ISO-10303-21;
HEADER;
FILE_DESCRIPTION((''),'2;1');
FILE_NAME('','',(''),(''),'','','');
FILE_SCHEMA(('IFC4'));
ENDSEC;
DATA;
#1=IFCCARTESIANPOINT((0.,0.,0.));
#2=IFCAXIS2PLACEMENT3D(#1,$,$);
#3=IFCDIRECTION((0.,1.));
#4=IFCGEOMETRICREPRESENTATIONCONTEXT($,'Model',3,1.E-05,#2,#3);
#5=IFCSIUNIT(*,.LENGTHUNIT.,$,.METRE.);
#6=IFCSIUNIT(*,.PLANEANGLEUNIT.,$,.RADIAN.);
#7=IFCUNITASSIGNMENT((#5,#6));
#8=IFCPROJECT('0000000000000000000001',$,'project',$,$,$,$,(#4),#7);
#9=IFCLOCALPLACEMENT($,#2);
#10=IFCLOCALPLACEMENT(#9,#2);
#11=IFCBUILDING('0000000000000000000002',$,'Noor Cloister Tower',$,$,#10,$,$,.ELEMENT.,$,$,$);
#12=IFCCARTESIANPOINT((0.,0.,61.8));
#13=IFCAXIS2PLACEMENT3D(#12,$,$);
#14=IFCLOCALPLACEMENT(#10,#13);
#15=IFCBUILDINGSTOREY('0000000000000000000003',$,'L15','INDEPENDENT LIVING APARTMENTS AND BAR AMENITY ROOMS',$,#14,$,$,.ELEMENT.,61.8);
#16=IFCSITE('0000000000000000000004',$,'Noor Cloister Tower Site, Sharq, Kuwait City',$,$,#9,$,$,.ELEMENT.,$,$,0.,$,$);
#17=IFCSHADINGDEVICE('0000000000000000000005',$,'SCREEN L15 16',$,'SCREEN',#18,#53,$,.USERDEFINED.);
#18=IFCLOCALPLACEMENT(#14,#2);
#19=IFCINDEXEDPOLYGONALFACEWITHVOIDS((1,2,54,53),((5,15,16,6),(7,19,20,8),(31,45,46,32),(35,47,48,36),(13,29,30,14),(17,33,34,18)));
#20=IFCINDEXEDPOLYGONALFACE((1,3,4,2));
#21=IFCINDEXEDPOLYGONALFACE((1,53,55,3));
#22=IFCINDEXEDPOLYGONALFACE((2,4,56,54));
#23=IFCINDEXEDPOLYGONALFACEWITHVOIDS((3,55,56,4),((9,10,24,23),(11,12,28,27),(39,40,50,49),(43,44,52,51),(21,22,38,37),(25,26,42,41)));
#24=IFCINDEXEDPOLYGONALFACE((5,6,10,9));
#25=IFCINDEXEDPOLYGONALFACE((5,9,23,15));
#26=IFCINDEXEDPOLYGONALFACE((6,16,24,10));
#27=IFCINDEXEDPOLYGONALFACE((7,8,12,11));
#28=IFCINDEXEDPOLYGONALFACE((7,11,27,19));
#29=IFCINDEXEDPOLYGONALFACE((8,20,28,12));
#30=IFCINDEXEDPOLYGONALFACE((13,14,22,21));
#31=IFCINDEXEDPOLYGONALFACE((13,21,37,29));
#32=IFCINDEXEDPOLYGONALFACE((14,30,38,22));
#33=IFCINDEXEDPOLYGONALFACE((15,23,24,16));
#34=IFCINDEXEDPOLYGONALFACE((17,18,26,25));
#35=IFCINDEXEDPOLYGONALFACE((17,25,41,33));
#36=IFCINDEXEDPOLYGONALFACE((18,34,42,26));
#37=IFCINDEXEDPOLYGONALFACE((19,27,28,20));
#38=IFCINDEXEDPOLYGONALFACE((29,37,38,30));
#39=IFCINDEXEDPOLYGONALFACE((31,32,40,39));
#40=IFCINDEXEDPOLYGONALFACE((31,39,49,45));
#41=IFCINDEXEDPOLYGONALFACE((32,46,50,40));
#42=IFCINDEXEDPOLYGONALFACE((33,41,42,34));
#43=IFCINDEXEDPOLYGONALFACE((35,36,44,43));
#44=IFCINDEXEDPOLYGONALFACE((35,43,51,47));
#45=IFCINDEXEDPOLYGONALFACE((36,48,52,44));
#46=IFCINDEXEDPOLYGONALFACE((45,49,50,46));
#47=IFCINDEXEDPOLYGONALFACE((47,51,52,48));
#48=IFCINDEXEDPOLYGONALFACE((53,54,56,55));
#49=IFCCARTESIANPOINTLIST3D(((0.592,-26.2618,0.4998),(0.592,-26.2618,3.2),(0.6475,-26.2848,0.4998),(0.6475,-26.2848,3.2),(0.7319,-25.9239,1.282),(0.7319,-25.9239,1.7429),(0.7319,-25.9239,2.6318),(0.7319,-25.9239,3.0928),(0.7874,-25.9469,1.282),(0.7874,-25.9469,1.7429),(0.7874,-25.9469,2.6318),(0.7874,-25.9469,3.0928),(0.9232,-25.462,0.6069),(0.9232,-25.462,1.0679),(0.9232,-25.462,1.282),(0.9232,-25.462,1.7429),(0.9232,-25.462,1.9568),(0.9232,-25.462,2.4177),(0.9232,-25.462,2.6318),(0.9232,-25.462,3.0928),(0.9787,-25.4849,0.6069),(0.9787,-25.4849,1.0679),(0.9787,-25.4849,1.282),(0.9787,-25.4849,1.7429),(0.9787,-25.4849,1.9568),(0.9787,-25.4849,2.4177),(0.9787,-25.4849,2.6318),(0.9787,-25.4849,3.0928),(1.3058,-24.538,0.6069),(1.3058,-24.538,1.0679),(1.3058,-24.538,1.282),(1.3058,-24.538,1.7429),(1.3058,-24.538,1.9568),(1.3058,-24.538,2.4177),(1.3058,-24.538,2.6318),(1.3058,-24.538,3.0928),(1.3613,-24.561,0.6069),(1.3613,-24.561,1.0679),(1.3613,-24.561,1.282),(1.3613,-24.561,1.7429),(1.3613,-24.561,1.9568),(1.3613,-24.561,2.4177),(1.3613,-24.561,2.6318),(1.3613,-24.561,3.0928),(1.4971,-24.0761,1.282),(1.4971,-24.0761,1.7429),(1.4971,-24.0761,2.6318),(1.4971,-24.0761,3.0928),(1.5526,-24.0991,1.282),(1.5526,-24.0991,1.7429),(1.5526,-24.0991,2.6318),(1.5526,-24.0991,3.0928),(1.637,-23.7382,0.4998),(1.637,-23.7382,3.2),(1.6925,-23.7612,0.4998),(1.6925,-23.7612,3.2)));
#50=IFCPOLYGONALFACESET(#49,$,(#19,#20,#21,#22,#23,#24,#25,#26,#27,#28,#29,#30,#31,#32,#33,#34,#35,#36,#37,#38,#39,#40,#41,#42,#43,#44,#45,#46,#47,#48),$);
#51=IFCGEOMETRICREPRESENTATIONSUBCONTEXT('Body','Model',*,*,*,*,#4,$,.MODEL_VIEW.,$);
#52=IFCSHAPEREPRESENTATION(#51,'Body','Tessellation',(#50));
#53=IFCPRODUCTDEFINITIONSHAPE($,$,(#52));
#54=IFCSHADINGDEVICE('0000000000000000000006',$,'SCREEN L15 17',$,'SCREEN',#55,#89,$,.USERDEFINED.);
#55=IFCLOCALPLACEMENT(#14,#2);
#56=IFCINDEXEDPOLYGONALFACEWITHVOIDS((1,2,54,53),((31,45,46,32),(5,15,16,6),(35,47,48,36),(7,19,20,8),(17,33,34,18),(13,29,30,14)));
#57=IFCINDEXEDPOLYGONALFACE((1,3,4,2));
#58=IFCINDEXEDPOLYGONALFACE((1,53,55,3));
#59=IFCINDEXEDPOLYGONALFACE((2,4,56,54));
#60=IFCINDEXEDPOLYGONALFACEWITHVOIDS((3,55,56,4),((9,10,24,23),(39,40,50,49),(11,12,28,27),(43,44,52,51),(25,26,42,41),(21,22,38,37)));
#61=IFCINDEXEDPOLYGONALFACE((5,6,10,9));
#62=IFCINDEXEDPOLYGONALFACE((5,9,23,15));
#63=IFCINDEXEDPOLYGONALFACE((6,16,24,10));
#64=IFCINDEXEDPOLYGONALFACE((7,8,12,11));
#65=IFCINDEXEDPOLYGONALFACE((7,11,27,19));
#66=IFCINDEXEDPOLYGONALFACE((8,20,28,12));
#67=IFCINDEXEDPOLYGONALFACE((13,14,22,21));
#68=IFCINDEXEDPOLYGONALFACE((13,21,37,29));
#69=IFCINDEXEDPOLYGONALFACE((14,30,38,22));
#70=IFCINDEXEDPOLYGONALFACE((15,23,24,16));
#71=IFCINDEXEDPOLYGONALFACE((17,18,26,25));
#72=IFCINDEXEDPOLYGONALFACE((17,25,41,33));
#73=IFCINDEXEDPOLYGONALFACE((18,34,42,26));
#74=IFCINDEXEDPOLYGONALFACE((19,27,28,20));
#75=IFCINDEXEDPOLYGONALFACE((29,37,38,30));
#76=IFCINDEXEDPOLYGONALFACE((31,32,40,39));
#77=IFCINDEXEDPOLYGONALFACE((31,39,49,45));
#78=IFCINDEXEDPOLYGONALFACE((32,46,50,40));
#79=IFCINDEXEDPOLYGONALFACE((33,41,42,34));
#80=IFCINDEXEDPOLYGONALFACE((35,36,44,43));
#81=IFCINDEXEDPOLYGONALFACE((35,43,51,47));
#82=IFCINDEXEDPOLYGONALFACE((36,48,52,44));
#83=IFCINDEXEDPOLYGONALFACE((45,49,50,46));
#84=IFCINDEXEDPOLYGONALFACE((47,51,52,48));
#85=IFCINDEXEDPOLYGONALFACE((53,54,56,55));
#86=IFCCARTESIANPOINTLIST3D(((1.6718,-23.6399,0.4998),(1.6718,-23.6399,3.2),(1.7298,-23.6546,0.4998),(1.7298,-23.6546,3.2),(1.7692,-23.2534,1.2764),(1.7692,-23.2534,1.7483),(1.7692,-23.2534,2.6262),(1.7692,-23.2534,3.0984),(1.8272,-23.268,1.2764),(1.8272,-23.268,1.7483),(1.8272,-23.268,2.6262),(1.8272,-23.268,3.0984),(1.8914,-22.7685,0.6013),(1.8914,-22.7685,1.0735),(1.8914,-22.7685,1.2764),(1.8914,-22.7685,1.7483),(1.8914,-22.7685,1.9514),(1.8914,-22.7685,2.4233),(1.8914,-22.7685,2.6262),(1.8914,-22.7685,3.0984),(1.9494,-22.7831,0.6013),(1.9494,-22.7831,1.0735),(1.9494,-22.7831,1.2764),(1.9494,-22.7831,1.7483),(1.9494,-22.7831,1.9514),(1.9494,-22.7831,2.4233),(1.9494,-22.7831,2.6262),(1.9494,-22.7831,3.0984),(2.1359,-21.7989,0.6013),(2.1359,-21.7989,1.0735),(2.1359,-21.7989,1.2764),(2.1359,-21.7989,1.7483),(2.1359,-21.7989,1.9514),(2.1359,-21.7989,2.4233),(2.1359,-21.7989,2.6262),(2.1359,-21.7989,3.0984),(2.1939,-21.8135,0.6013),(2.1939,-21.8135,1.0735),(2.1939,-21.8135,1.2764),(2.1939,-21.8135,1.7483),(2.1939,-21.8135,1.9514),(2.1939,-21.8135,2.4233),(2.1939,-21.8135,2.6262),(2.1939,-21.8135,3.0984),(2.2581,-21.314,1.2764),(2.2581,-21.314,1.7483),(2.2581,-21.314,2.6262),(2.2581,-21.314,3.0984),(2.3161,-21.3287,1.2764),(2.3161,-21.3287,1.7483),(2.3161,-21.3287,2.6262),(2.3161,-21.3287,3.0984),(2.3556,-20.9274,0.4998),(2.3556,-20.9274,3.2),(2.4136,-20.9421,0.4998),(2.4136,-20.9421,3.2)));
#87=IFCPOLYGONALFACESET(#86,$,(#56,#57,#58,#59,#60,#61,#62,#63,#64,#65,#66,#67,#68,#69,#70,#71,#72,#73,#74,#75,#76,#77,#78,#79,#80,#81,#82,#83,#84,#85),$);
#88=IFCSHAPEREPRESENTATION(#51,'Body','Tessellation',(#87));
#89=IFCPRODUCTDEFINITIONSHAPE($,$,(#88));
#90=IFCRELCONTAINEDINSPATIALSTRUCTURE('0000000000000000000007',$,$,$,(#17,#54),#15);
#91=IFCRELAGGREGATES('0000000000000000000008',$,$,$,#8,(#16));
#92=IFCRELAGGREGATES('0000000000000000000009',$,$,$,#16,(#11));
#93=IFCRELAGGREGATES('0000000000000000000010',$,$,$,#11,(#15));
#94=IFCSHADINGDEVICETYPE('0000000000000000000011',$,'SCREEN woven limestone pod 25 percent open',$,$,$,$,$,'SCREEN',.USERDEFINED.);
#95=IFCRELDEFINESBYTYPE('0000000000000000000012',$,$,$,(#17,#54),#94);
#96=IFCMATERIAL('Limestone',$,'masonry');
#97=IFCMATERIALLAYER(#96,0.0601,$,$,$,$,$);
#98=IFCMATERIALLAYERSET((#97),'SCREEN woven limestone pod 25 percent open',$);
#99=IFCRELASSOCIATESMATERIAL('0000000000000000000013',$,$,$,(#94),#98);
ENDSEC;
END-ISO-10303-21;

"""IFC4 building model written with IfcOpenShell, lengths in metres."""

from ifc_helpers import new_model, si_unit, direction, frame, origin, place, context, subcontext, project, spatial, polyline, outline, extrude, material, layer, layer_set, type_object, element, save


model = new_model("IFC4")

# Units and contexts
model_context = context("Model", 3, precision=1e-05, world=origin(), true_north=direction((0.0, 1.0)))
body_context = subcontext(model_context, "Body", "Model", "MODEL_VIEW")
ifc_project = project(units=[si_unit("LENGTHUNIT", "METRE"), si_unit("PLANEANGLEUNIT", "RADIAN")], contexts=[model_context])

# Site, building, storey
site_placement = place(None, origin())
site = spatial("IfcSite", under=ifc_project, at=site_placement, Name="Noor Cloister Tower Site, Sharq, Kuwait City", CompositionType="ELEMENT", RefElevation=0.0)
building_placement = place(site_placement, origin())
building = spatial("IfcBuilding", under=site, at=building_placement, Name="Noor Cloister Tower", CompositionType="ELEMENT")
storey_placement = place(building_placement, frame((0.0, 0.0, 61.8)))
storey = spatial("IfcBuildingStorey", under=building, at=storey_placement, Name="L15", Description="INDEPENDENT LIVING APARTMENTS AND BAR AMENITY ROOMS", CompositionType="ELEMENT", Elevation=61.8)

# Shading devices
ifc_material_1 = material(Name="Limestone", Category="masonry")
ifc_layer_1 = layer(ifc_material_1, 0.0601)
ifc_layer_set_1 = layer_set([ifc_layer_1], Name="SCREEN woven limestone pod 25 percent open")
shading_device_type = type_object("IfcShadingDeviceType", Name="SCREEN woven limestone pod 25 percent open", ElementType="SCREEN", PredefinedType="USERDEFINED", material=ifc_layer_set_1)
shading_device_1_placement = place(storey_placement, frame((1.1145, -25.0, 1.8499), z_axis=(0.923918, -0.382591, 0.0), x_axis=(0.382591, 0.923918, 0.0)))
element("IfcShadingDevice", 1, at=shading_device_1_placement, inside=storey, type_object=shading_device_type, Name="SCREEN L15 16", ObjectType="SCREEN", PredefinedType="USERDEFINED", context=body_context, shape_type="SweptSolid", body=[
    extrude(outline(polyline([(-1.3657, -1.3501), (1.3657, -1.3501), (1.3657, 1.3501), (-1.3657, 1.3501), (-1.3657, -1.3501)]), holes=[polyline([(-0.5, -1.2429), (0.5, -1.2429), (0.5, -0.782), (-0.5, -0.782), (-0.5, -1.2429)]), polyline([(-1.0, -0.5679), (-0.5, -0.5679), (-0.5, -0.1069), (-1.0, -0.1069), (-1.0, -0.5679)]), polyline([(0.5, -0.5679), (1.0, -0.5679), (1.0, -0.1069), (0.5, -0.1069), (0.5, -0.5679)]), polyline([(-0.5, 0.1069), (0.5, 0.1069), (0.5, 0.5679), (-0.5, 0.5679), (-0.5, 0.1069)]), polyline([(-1.0, 0.782), (-0.5, 0.782), (-0.5, 1.2429), (-1.0, 1.2429), (-1.0, 0.782)]), polyline([(0.5, 0.782), (1.0, 0.782), (1.0, 1.2429), (0.5, 1.2429), (0.5, 0.782)])]), origin(), (0.0, 0.0, 1.0), 0.0601),
])
shading_device_2_placement = place(storey_placement, frame((2.0137, -22.2837, 1.8499), z_axis=(0.969661, -0.244452, 0.0), x_axis=(0.244452, 0.969661, 0.0)))
element("IfcShadingDevice", 2, at=shading_device_2_placement, inside=storey, type_object=shading_device_type, Name="SCREEN L15 17", ObjectType="SCREEN", PredefinedType="USERDEFINED", context=body_context, shape_type="SweptSolid", body=[
    extrude(outline(polyline([(-1.3987, -1.3501), (1.3987, -1.3501), (1.3987, 1.3501), (-1.3987, 1.3501), (-1.3987, -1.3501)]), holes=[polyline([(-0.5, -1.2485), (0.5, -1.2485), (0.5, -0.7764), (-0.5, -0.7764), (-0.5, -1.2485)]), polyline([(-1.0, -0.5735), (-0.5, -0.5735), (-0.5, -0.1016), (-1.0, -0.1016), (-1.0, -0.5735)]), polyline([(0.5, -0.5735), (1.0, -0.5735), (1.0, -0.1016), (0.5, -0.1016), (0.5, -0.5735)]), polyline([(-0.5, 0.1016), (0.5, 0.1016), (0.5, 0.5735), (-0.5, 0.5735), (-0.5, 0.1016)]), polyline([(-1.0, 0.7764), (-0.5, 0.7764), (-0.5, 1.2485), (-1.0, 1.2485), (-1.0, 0.7764)]), polyline([(0.5, 0.7764), (1.0, 0.7764), (1.0, 1.2485), (0.5, 1.2485), (0.5, 0.7764)])]), origin(), (0.0, 0.0, 1.0), 0.0598),
])

save(model, "model.ifc")
